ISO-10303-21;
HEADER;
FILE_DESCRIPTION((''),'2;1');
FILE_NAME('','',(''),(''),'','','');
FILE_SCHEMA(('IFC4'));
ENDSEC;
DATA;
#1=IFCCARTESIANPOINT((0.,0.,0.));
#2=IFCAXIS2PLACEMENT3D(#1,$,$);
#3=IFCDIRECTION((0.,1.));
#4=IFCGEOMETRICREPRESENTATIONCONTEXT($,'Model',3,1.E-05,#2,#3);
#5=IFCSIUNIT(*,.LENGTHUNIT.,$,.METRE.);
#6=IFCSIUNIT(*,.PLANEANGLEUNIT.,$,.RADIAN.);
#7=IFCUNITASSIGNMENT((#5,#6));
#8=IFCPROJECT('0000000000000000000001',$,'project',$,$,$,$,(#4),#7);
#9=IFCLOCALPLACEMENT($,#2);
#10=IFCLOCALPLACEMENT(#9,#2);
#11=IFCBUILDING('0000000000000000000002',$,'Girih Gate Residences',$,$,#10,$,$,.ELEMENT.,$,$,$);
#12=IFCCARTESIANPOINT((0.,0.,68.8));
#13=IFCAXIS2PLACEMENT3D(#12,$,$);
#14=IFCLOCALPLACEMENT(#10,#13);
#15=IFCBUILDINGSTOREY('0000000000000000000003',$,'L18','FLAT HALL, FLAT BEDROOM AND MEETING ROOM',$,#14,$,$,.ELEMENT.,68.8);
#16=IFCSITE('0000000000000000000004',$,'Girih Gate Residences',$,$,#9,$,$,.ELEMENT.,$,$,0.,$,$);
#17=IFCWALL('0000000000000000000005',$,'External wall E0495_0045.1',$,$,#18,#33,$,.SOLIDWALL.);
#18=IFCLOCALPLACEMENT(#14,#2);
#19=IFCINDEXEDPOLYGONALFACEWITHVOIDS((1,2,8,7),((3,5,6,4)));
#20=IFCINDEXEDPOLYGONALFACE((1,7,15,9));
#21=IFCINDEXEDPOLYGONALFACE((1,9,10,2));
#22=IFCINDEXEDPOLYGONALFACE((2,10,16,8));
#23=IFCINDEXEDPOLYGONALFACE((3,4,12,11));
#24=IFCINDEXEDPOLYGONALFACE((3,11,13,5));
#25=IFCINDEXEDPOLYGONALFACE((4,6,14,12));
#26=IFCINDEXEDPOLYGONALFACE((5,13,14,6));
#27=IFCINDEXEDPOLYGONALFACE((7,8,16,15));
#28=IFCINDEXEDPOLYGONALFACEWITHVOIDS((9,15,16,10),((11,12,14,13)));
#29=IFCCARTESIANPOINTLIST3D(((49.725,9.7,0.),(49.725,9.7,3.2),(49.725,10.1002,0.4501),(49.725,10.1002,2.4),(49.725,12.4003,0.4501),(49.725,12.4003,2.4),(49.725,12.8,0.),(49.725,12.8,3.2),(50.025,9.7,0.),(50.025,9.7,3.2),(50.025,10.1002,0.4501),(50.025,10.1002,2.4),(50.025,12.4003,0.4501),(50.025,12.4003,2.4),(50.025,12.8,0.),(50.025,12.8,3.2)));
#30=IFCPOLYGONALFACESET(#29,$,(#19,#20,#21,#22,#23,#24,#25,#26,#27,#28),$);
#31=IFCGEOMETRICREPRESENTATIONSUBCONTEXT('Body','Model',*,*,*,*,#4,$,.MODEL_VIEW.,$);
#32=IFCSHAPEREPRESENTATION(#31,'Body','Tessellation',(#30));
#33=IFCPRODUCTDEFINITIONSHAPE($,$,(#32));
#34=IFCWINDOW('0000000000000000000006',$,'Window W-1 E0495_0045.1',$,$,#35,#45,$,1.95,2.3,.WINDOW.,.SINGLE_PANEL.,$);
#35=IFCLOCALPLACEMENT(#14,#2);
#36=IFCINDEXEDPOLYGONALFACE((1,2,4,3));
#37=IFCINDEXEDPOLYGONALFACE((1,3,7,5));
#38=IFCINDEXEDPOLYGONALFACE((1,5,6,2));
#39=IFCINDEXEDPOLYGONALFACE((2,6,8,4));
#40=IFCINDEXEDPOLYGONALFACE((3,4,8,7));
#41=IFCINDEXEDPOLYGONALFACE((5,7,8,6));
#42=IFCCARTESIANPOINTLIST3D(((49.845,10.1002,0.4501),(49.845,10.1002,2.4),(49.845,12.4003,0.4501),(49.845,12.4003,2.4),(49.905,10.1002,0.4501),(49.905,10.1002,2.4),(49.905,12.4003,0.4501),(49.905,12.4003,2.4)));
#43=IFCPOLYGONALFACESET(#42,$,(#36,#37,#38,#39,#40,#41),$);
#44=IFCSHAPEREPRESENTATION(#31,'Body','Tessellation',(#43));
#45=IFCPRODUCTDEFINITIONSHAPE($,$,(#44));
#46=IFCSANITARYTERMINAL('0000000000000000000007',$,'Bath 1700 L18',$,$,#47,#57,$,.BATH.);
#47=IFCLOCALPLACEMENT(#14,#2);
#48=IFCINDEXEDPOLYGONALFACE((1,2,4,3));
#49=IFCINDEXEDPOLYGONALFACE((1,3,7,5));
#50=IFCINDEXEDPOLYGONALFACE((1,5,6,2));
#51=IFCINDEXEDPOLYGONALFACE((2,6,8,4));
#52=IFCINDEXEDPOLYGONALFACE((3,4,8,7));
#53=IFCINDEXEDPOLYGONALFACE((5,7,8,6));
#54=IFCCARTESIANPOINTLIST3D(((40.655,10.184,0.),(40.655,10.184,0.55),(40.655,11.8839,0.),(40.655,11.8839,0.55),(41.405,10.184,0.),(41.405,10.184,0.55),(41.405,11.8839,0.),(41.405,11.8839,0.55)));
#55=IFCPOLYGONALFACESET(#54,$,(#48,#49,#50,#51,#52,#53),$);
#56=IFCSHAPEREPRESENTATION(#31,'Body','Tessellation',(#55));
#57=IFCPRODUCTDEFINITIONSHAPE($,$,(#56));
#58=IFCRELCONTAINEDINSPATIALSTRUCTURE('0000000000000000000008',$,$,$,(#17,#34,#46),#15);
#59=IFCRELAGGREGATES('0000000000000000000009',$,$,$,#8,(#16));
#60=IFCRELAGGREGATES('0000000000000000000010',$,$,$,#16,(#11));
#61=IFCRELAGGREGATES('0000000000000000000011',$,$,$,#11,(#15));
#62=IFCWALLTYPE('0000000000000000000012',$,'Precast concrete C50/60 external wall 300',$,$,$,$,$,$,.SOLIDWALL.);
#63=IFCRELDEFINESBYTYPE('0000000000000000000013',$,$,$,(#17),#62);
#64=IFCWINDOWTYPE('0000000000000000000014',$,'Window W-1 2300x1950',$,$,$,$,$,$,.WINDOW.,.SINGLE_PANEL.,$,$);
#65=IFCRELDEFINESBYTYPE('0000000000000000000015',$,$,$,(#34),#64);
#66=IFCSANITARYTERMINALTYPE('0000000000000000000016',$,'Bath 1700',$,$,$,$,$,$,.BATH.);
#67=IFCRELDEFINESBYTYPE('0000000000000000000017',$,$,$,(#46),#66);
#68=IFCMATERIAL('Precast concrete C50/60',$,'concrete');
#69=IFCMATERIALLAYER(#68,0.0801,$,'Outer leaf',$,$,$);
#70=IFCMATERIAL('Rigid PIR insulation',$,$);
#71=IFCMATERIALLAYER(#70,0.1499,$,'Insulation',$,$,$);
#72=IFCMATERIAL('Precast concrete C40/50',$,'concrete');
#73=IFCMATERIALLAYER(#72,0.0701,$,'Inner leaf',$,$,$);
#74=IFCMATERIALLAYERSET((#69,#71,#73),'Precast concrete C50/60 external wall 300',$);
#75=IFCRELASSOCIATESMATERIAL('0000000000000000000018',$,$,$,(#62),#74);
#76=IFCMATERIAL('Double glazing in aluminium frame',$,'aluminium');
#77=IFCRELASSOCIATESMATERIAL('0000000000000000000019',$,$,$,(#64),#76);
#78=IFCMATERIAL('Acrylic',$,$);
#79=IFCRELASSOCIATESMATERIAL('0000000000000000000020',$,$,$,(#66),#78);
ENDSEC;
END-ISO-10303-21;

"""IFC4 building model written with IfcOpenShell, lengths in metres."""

from ifc_helpers import new_model, si_unit, direction, frame, frame_2d, origin, origin_2d, place, context, subcontext, project, spatial, rectangle, extrude, material, layer, layer_set, type_object, element, fill, save


model = new_model("IFC4")

# Units and contexts
model_context = context("Model", 3, precision=1e-05, world=origin(), true_north=direction((0.0, 1.0)))
body_context = subcontext(model_context, "Body", "Model", "MODEL_VIEW")
ifc_project = project(units=[si_unit("LENGTHUNIT", "METRE"), si_unit("PLANEANGLEUNIT", "RADIAN")], contexts=[model_context])

# Site, building, storey
site_placement = place(None, origin())
site = spatial("IfcSite", under=ifc_project, at=site_placement, Name="Girih Gate Residences", CompositionType="ELEMENT", RefElevation=0.0)
building_placement = place(site_placement, origin())
building = spatial("IfcBuilding", under=site, at=building_placement, Name="Girih Gate Residences", CompositionType="ELEMENT")
storey_placement = place(building_placement, frame((0.0, 0.0, 68.8)))
storey = spatial("IfcBuildingStorey", under=building, at=storey_placement, Name="L18", Description="FLAT HALL, FLAT BEDROOM AND MEETING ROOM", CompositionType="ELEMENT", Elevation=68.8)

# Wall, opening, window
ifc_material_1 = material(Name="Precast concrete C50/60", Category="concrete")
ifc_layer_1 = layer(ifc_material_1, 0.0801, Name="Outer leaf")
ifc_material_2 = material(Name="Rigid PIR insulation")
ifc_layer_2 = layer(ifc_material_2, 0.1499, Name="Insulation")
ifc_material_3 = material(Name="Precast concrete C40/50", Category="concrete")
ifc_layer_3 = layer(ifc_material_3, 0.0701, Name="Inner leaf")
ifc_layer_set_1 = layer_set([ifc_layer_1, ifc_layer_2, ifc_layer_3], Name="Precast concrete C50/60 external wall 300")
wall_type_1 = type_object("IfcWallType", Name="Precast concrete C50/60 external wall 300", PredefinedType="SOLIDWALL", material=ifc_layer_set_1)
wall_1_placement = place(storey_placement, frame((49.875, 12.8, 0.0), z_axis=(0.0, 0.0, 1.0), x_axis=(0.0, -1.0, 0.0)))
wall_1 = element("IfcWall", 1, at=wall_1_placement, inside=storey, type_object=wall_type_1, Name="External wall E0495_0045.1", PredefinedType="SOLIDWALL", context=body_context, shape_type="SweptSolid", body=[
    extrude(rectangle(XDim=3.1001, YDim=0.3, at=frame_2d((1.55, 0.0))), origin(), (0.0, 0.0, 1.0), 3.2),
])
opening_1_placement = place(wall_1_placement, frame((0.3999, 0.0, 0.45)))
opening_1 = element("IfcOpeningElement", 2, at=opening_1_placement, cuts=wall_1, PredefinedType="OPENING", context=body_context, shape_type="SweptSolid", body=[
    extrude(rectangle(XDim=2.3, YDim=1.95, at=frame_2d((1.1499, 0.9751))), frame((0.0, 0.1599, 0.0), z_axis=(0.0, -1.0, 0.0), x_axis=(1.0, 0.0, 0.0)), (0.0, 0.0, 1.0), 0.3201),
])
ifc_material_4 = material(Name="Double glazing in aluminium frame", Category="aluminium")
window_type = type_object("IfcWindowType", Name="Window W-1 2300x1950", PartitioningType="SINGLE_PANEL", PredefinedType="WINDOW", material=ifc_material_4)
window_placement = place(opening_1_placement, origin())
window = element("IfcWindow", 3, at=window_placement, inside=storey, type_object=window_type, Name="Window W-1 E0495_0045.1", OverallHeight=1.95, OverallWidth=2.3, PartitioningType="SINGLE_PANEL", PredefinedType="WINDOW", context=body_context, shape_type="SweptSolid", body=[
    extrude(rectangle(XDim=2.3, YDim=1.95, at=frame_2d((1.1499, 0.9751))), frame((0.0, 0.03, 0.0), z_axis=(0.0, -1.0, 0.0), x_axis=(1.0, 0.0, 0.0)), (0.0, 0.0, 1.0), 0.0601),
])
fill(opening_1, window)

# Sanitary terminal
ifc_material_5 = material(Name="Acrylic")
sanitary_terminal_type = type_object("IfcSanitaryTerminalType", Name="Bath 1700", PredefinedType="BATH", material=ifc_material_5)
sanitary_terminal_placement = place(storey_placement, frame((41.03, 11.0339, 0.0), z_axis=(0.0, 0.0, 1.0), x_axis=(1.0, 0.0, 0.0)))
element("IfcSanitaryTerminal", 4, at=sanitary_terminal_placement, inside=storey, type_object=sanitary_terminal_type, Name="Bath 1700 L18", PredefinedType="BATH", context=body_context, shape_type="SweptSolid", body=[
    extrude(rectangle(XDim=0.75, YDim=1.7, at=origin_2d()), origin(), (0.0, 0.0, 1.0), 0.55),
])

save(model, "model.ifc")
